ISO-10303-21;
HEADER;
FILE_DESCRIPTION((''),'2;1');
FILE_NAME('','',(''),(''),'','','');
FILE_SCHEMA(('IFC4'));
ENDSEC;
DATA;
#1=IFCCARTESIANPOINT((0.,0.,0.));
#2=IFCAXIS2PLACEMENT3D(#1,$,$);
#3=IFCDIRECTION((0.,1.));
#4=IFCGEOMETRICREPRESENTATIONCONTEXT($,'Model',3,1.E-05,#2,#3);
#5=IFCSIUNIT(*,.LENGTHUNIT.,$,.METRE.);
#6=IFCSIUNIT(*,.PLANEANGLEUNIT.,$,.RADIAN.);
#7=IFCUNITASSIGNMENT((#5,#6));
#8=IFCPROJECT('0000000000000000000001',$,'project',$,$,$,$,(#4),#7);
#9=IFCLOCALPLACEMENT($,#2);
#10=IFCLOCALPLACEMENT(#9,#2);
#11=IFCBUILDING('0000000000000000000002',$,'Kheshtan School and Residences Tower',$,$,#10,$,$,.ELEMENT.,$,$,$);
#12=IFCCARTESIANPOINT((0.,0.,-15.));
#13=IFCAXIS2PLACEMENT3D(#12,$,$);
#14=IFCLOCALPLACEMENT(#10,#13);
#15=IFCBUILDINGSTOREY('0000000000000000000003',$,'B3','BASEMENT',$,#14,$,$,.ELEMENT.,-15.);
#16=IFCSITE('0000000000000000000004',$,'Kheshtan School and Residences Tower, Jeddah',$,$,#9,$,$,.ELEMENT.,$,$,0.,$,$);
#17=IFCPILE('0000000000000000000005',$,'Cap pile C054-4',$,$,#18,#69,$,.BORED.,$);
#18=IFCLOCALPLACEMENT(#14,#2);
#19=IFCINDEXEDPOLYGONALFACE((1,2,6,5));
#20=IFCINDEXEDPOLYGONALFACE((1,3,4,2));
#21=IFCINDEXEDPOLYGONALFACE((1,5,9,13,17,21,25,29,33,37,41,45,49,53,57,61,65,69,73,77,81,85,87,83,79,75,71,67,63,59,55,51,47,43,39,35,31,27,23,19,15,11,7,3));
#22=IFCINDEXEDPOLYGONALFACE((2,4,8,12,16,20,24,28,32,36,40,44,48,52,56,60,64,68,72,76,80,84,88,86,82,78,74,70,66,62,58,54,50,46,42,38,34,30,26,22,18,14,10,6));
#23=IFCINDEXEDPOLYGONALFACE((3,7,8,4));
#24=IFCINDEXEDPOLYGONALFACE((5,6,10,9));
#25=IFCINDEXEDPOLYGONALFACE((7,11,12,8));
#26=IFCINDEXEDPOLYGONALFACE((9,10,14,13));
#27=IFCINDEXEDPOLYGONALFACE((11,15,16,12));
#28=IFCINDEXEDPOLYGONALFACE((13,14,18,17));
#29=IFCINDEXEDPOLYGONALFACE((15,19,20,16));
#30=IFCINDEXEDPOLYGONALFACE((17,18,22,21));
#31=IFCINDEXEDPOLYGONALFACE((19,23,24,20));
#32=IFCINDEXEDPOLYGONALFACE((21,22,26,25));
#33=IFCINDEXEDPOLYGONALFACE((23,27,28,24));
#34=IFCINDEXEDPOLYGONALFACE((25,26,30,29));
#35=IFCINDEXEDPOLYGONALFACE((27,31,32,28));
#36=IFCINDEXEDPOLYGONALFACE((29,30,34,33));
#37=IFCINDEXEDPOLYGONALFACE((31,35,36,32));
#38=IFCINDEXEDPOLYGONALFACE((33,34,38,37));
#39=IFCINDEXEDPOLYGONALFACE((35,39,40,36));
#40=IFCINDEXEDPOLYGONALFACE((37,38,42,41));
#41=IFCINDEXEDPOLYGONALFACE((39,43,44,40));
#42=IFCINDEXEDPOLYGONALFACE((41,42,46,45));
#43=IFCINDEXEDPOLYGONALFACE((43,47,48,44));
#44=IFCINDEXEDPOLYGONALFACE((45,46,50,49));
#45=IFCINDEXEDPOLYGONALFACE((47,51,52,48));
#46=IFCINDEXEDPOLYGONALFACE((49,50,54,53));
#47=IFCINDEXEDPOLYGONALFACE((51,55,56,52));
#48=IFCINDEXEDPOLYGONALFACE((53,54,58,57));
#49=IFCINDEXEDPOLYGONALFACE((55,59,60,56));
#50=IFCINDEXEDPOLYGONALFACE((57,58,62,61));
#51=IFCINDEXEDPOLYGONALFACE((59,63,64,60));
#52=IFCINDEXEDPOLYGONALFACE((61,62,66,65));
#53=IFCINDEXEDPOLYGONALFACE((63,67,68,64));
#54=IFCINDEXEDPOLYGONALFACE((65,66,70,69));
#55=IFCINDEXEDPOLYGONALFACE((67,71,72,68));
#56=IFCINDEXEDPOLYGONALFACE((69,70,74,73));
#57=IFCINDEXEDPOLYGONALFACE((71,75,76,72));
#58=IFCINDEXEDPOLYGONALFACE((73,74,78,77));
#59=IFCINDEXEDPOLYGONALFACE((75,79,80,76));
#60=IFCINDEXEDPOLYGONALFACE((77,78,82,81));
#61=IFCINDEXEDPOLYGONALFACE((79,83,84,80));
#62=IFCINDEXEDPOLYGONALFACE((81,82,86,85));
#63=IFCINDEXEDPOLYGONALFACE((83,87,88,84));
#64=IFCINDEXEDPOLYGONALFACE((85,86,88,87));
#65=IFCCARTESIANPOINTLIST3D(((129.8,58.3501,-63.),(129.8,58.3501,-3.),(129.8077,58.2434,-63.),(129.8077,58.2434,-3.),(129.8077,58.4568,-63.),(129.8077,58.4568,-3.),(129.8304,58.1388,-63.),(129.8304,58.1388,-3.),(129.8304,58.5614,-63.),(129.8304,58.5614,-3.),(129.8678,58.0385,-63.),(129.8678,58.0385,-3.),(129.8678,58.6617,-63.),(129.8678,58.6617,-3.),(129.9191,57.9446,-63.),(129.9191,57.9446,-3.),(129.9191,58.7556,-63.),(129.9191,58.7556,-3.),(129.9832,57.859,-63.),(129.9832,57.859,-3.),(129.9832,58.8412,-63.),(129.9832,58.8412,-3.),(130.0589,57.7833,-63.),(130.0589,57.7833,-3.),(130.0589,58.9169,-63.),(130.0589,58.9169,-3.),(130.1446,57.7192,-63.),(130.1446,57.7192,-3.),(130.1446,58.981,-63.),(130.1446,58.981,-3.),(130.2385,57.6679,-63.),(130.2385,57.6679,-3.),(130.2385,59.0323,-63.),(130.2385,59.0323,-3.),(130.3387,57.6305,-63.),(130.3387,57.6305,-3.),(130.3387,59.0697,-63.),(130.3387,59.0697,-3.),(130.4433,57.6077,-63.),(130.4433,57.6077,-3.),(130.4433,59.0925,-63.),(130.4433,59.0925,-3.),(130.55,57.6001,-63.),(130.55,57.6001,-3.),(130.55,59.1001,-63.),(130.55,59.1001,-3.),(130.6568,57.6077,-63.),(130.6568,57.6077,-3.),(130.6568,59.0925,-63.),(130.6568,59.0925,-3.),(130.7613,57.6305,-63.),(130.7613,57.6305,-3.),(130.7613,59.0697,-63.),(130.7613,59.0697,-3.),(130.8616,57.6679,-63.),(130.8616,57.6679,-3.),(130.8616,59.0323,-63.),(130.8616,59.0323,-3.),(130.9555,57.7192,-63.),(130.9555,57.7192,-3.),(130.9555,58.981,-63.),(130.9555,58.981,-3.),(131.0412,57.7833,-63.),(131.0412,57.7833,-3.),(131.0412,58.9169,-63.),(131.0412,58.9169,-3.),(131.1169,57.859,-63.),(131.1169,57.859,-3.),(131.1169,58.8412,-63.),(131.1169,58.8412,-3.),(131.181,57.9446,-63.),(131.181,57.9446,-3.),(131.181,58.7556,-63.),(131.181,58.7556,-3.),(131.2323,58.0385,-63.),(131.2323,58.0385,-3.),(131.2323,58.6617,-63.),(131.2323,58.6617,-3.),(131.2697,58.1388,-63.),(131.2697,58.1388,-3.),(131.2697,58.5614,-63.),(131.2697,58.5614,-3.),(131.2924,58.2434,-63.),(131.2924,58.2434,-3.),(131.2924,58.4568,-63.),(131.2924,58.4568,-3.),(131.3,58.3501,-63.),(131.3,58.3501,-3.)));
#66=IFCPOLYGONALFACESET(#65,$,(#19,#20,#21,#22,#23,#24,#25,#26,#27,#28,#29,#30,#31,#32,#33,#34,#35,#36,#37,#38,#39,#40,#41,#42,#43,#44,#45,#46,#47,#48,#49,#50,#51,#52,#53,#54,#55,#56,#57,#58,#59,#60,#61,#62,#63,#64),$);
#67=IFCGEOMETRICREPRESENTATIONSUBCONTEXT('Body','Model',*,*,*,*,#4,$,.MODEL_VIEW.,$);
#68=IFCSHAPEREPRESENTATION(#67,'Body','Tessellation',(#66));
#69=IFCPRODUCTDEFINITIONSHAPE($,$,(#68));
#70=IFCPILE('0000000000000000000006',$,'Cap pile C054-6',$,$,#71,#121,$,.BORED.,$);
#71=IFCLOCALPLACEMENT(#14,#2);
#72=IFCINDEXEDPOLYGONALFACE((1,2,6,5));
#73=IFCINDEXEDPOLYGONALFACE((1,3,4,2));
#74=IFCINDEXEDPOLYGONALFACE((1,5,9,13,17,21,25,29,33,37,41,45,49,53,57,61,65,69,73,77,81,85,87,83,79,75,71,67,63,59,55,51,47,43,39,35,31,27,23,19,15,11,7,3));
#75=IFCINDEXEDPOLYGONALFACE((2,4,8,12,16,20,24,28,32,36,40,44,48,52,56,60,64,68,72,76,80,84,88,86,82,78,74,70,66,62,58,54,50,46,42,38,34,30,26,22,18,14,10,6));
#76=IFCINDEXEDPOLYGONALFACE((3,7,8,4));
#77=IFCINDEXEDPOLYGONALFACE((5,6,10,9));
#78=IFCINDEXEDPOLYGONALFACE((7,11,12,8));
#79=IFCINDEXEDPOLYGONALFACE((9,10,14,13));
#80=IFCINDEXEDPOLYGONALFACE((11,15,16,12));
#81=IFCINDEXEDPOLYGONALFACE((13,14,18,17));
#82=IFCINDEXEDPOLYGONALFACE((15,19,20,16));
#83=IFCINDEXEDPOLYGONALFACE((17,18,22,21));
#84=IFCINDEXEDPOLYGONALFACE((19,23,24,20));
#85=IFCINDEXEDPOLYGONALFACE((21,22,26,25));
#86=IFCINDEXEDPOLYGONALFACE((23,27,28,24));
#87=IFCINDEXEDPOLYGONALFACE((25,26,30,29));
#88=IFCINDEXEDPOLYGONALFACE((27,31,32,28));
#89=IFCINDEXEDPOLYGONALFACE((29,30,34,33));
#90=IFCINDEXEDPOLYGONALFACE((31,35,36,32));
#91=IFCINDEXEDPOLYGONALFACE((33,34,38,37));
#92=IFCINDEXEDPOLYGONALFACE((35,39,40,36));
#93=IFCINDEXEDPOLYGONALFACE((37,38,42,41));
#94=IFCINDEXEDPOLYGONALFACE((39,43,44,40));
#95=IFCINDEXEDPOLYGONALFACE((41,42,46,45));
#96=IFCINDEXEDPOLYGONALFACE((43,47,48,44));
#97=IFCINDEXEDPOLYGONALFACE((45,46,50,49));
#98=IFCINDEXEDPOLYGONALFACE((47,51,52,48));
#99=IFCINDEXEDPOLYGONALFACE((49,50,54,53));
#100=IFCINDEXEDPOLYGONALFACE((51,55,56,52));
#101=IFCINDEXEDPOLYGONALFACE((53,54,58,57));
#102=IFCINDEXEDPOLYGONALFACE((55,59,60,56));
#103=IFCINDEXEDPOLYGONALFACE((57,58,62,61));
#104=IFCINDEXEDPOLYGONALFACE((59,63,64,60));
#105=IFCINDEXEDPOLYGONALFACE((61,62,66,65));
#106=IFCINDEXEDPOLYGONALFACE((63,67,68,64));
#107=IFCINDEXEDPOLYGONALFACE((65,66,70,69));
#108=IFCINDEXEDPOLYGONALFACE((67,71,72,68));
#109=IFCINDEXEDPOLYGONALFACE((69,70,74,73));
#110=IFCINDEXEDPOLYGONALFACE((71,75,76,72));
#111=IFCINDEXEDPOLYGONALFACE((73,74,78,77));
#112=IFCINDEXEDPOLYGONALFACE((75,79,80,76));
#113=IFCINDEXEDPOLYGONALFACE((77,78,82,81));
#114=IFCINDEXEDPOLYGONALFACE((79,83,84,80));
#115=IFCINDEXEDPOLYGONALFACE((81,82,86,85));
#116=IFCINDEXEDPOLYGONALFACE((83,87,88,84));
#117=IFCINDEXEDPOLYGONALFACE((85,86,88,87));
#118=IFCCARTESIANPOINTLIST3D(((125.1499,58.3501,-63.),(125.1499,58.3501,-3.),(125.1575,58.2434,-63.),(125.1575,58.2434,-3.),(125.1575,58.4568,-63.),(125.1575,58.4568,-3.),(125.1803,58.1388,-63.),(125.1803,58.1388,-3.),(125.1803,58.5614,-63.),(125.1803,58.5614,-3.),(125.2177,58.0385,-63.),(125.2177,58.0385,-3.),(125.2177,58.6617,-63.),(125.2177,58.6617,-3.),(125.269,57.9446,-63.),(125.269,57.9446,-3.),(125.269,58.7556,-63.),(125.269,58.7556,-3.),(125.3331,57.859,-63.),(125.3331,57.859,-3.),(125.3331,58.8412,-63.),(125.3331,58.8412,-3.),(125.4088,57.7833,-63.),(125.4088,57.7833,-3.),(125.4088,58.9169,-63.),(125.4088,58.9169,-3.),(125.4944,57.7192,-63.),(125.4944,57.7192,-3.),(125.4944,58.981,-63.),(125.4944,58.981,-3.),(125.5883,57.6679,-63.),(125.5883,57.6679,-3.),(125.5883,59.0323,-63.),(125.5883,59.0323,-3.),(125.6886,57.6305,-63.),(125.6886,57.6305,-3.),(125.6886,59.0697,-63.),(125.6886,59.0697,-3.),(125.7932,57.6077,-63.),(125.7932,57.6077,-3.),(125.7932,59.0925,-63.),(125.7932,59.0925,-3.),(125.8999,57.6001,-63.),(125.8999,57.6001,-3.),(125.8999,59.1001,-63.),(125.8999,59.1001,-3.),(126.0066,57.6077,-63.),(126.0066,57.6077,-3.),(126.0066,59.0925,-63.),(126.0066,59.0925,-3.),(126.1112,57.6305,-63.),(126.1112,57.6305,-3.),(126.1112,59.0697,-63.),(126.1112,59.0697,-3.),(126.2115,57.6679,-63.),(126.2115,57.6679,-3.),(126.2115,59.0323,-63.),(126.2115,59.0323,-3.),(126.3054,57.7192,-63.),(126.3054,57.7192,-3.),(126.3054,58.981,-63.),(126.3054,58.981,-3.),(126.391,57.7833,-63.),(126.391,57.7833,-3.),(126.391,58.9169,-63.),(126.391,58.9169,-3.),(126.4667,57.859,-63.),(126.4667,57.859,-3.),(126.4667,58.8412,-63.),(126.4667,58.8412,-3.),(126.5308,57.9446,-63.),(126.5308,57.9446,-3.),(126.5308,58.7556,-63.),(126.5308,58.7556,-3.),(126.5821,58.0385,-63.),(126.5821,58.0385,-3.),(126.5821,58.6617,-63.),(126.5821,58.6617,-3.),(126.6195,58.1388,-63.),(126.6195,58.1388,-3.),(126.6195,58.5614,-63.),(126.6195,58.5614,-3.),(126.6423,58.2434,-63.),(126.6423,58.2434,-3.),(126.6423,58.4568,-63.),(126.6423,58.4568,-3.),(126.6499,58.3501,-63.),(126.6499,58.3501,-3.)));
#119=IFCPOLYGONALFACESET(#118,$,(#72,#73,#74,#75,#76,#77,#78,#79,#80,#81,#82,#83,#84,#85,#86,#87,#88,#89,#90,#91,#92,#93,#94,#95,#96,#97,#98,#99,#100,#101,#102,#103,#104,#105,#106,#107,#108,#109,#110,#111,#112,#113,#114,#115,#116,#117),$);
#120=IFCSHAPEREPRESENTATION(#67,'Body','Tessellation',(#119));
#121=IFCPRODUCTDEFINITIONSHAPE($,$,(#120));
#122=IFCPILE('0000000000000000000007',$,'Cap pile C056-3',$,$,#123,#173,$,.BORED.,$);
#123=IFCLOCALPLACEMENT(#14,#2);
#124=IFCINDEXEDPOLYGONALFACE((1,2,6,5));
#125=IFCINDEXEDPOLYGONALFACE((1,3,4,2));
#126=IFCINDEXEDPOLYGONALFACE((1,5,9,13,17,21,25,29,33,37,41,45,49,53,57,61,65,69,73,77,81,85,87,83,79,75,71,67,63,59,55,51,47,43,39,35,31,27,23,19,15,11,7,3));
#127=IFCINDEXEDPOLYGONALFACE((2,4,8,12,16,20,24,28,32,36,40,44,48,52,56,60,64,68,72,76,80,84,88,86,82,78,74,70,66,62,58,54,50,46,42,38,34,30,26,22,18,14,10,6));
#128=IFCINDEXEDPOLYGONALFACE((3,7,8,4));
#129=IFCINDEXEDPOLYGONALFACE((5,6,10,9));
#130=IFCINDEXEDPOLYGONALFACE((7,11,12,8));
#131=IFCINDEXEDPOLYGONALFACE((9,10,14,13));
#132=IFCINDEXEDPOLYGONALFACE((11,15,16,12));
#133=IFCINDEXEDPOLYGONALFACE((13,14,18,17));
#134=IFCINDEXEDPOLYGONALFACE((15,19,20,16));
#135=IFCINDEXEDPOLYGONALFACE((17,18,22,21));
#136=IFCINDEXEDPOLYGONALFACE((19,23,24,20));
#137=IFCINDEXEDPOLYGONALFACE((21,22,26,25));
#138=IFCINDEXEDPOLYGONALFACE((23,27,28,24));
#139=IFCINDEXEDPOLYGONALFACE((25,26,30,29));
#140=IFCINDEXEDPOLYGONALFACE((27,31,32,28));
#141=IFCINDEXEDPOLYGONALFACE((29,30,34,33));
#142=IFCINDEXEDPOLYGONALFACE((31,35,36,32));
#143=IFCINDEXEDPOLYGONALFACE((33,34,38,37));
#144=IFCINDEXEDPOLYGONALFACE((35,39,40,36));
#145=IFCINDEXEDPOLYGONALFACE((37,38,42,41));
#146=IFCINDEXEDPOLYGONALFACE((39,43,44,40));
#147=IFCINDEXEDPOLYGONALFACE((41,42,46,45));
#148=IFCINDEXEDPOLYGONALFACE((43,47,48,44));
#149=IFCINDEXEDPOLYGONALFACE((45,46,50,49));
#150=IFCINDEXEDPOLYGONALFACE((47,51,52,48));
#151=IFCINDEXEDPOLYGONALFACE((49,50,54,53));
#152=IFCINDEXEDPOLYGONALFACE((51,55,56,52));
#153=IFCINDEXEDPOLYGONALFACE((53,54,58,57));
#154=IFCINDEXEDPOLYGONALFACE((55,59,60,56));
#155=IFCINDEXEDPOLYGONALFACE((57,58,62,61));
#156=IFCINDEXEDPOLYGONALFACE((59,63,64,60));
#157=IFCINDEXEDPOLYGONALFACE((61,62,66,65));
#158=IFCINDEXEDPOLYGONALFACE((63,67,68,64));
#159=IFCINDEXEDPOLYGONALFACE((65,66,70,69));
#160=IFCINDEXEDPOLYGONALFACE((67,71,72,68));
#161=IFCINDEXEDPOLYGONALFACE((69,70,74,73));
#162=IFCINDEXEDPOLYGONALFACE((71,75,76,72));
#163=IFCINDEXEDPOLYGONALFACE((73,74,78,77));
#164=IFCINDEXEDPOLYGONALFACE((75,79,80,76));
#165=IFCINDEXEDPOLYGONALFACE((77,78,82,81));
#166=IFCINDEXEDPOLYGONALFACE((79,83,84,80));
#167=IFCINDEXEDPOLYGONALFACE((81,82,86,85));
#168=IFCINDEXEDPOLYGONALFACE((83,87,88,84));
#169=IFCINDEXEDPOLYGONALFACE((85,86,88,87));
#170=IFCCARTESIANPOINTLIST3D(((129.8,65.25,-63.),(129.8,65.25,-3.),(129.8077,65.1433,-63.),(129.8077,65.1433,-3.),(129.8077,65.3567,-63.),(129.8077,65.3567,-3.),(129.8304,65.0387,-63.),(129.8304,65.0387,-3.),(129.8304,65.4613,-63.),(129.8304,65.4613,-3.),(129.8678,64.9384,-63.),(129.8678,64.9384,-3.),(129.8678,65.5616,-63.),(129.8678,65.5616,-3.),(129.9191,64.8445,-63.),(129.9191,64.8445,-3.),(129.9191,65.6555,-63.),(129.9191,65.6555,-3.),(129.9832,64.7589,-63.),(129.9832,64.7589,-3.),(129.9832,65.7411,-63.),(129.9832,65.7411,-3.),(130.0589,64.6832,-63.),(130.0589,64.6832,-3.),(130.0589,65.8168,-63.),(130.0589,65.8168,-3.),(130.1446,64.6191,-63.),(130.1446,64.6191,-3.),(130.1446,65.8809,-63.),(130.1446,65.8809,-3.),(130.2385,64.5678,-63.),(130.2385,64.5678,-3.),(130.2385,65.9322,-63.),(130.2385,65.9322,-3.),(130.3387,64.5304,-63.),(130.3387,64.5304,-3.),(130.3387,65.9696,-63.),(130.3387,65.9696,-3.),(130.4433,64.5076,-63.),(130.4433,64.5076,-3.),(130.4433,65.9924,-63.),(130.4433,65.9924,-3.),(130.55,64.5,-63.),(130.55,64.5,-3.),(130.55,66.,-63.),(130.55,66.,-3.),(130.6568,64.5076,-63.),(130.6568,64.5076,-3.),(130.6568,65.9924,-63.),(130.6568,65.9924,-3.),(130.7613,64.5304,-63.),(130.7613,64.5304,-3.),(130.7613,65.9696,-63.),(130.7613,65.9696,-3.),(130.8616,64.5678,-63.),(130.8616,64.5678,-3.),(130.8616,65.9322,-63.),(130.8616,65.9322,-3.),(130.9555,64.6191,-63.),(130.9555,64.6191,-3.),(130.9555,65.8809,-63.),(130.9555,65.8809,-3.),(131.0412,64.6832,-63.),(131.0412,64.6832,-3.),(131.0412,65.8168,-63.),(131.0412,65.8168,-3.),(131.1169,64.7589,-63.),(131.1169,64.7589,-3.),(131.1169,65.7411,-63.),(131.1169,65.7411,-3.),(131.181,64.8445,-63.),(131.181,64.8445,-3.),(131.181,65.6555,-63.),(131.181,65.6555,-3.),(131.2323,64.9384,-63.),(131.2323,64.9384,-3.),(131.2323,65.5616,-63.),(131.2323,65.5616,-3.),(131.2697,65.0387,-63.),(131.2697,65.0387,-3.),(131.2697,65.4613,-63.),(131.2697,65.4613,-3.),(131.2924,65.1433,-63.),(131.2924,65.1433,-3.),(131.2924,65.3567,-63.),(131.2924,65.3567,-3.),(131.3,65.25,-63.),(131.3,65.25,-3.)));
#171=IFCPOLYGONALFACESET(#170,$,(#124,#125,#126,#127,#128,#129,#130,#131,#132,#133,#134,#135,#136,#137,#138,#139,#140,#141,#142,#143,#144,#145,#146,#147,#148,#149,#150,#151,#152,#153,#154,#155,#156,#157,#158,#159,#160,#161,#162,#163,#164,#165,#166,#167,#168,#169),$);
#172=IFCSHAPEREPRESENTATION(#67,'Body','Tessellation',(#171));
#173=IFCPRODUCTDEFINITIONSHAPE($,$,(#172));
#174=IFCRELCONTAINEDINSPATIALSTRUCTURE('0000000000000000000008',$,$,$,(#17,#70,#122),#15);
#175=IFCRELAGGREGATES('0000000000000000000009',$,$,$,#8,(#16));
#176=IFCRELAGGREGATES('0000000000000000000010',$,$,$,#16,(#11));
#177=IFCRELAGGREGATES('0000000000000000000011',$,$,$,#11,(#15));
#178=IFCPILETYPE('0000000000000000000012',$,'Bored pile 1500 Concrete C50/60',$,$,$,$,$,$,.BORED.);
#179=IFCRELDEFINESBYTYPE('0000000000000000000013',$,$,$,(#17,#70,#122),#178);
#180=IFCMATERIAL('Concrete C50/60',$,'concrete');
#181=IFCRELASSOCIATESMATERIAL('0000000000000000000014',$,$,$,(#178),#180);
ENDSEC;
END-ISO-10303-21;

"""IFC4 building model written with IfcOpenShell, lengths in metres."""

from ifc_helpers import new_model, si_unit, direction, frame, origin, origin_2d, place, context, subcontext, project, spatial, circle, extrude, material, material_profile, profile_set, type_object, element, save


model = new_model("IFC4")

# Units and contexts
model_context = context("Model", 3, precision=1e-05, world=origin(), true_north=direction((0.0, 1.0)))
body_context = subcontext(model_context, "Body", "Model", "MODEL_VIEW")
ifc_project = project(units=[si_unit("LENGTHUNIT", "METRE"), si_unit("PLANEANGLEUNIT", "RADIAN")], contexts=[model_context])

# Site, building, storey
site_placement = place(None, origin())
site = spatial("IfcSite", under=ifc_project, at=site_placement, Name="Kheshtan School and Residences Tower, Jeddah", CompositionType="ELEMENT", RefElevation=0.0)
building_placement = place(site_placement, origin())
building = spatial("IfcBuilding", under=site, at=building_placement, Name="Kheshtan School and Residences Tower", CompositionType="ELEMENT")
storey_placement = place(building_placement, frame((0.0, 0.0, -15.0)))
storey = spatial("IfcBuildingStorey", under=building, at=storey_placement, Name="B3", Description="BASEMENT", CompositionType="ELEMENT", Elevation=-15.0)

# Piles
ifc_material_1 = material(Name="Concrete C50/60", Category="concrete")
ifc_material_profile_1 = material_profile(ifc_material_1, circle(Radius=0.75, at=origin_2d()), Name="BP 1500")
ifc_profile_set_1 = profile_set([ifc_material_profile_1], Name="Concrete C50/60")
pile_type_1 = type_object("IfcPileType", Name="Bored pile 1500 Concrete C50/60", PredefinedType="BORED", material=ifc_profile_set_1)
for number, where, z_axis, x_axis, name in (
    (1, (130.55, 58.3501, -3.0), (0.0, 0.0, -1.0), (1.0, 0.0, 0.0), "Cap pile C054-4"),
    (2, (125.8999, 58.3501, -3.0), (0.0, 0.0, -1.0), (1.0, 0.0, 0.0), "Cap pile C054-6"),
    (3, (130.55, 65.25, -3.0), (0.0, 0.0, -1.0), (1.0, 0.0, 0.0), "Cap pile C056-3"),
):
    element("IfcPile", number, at=place(storey_placement, frame(where, z_axis=z_axis, x_axis=x_axis)), inside=storey, type_object=pile_type_1, Name=name, PredefinedType="BORED", context=body_context, shape_type="SweptSolid", body=[
        extrude(circle(Radius=0.75, at=origin_2d()), origin(), (0.0, 0.0, 1.0), 60.0),
    ])

save(model, "model.ifc")
